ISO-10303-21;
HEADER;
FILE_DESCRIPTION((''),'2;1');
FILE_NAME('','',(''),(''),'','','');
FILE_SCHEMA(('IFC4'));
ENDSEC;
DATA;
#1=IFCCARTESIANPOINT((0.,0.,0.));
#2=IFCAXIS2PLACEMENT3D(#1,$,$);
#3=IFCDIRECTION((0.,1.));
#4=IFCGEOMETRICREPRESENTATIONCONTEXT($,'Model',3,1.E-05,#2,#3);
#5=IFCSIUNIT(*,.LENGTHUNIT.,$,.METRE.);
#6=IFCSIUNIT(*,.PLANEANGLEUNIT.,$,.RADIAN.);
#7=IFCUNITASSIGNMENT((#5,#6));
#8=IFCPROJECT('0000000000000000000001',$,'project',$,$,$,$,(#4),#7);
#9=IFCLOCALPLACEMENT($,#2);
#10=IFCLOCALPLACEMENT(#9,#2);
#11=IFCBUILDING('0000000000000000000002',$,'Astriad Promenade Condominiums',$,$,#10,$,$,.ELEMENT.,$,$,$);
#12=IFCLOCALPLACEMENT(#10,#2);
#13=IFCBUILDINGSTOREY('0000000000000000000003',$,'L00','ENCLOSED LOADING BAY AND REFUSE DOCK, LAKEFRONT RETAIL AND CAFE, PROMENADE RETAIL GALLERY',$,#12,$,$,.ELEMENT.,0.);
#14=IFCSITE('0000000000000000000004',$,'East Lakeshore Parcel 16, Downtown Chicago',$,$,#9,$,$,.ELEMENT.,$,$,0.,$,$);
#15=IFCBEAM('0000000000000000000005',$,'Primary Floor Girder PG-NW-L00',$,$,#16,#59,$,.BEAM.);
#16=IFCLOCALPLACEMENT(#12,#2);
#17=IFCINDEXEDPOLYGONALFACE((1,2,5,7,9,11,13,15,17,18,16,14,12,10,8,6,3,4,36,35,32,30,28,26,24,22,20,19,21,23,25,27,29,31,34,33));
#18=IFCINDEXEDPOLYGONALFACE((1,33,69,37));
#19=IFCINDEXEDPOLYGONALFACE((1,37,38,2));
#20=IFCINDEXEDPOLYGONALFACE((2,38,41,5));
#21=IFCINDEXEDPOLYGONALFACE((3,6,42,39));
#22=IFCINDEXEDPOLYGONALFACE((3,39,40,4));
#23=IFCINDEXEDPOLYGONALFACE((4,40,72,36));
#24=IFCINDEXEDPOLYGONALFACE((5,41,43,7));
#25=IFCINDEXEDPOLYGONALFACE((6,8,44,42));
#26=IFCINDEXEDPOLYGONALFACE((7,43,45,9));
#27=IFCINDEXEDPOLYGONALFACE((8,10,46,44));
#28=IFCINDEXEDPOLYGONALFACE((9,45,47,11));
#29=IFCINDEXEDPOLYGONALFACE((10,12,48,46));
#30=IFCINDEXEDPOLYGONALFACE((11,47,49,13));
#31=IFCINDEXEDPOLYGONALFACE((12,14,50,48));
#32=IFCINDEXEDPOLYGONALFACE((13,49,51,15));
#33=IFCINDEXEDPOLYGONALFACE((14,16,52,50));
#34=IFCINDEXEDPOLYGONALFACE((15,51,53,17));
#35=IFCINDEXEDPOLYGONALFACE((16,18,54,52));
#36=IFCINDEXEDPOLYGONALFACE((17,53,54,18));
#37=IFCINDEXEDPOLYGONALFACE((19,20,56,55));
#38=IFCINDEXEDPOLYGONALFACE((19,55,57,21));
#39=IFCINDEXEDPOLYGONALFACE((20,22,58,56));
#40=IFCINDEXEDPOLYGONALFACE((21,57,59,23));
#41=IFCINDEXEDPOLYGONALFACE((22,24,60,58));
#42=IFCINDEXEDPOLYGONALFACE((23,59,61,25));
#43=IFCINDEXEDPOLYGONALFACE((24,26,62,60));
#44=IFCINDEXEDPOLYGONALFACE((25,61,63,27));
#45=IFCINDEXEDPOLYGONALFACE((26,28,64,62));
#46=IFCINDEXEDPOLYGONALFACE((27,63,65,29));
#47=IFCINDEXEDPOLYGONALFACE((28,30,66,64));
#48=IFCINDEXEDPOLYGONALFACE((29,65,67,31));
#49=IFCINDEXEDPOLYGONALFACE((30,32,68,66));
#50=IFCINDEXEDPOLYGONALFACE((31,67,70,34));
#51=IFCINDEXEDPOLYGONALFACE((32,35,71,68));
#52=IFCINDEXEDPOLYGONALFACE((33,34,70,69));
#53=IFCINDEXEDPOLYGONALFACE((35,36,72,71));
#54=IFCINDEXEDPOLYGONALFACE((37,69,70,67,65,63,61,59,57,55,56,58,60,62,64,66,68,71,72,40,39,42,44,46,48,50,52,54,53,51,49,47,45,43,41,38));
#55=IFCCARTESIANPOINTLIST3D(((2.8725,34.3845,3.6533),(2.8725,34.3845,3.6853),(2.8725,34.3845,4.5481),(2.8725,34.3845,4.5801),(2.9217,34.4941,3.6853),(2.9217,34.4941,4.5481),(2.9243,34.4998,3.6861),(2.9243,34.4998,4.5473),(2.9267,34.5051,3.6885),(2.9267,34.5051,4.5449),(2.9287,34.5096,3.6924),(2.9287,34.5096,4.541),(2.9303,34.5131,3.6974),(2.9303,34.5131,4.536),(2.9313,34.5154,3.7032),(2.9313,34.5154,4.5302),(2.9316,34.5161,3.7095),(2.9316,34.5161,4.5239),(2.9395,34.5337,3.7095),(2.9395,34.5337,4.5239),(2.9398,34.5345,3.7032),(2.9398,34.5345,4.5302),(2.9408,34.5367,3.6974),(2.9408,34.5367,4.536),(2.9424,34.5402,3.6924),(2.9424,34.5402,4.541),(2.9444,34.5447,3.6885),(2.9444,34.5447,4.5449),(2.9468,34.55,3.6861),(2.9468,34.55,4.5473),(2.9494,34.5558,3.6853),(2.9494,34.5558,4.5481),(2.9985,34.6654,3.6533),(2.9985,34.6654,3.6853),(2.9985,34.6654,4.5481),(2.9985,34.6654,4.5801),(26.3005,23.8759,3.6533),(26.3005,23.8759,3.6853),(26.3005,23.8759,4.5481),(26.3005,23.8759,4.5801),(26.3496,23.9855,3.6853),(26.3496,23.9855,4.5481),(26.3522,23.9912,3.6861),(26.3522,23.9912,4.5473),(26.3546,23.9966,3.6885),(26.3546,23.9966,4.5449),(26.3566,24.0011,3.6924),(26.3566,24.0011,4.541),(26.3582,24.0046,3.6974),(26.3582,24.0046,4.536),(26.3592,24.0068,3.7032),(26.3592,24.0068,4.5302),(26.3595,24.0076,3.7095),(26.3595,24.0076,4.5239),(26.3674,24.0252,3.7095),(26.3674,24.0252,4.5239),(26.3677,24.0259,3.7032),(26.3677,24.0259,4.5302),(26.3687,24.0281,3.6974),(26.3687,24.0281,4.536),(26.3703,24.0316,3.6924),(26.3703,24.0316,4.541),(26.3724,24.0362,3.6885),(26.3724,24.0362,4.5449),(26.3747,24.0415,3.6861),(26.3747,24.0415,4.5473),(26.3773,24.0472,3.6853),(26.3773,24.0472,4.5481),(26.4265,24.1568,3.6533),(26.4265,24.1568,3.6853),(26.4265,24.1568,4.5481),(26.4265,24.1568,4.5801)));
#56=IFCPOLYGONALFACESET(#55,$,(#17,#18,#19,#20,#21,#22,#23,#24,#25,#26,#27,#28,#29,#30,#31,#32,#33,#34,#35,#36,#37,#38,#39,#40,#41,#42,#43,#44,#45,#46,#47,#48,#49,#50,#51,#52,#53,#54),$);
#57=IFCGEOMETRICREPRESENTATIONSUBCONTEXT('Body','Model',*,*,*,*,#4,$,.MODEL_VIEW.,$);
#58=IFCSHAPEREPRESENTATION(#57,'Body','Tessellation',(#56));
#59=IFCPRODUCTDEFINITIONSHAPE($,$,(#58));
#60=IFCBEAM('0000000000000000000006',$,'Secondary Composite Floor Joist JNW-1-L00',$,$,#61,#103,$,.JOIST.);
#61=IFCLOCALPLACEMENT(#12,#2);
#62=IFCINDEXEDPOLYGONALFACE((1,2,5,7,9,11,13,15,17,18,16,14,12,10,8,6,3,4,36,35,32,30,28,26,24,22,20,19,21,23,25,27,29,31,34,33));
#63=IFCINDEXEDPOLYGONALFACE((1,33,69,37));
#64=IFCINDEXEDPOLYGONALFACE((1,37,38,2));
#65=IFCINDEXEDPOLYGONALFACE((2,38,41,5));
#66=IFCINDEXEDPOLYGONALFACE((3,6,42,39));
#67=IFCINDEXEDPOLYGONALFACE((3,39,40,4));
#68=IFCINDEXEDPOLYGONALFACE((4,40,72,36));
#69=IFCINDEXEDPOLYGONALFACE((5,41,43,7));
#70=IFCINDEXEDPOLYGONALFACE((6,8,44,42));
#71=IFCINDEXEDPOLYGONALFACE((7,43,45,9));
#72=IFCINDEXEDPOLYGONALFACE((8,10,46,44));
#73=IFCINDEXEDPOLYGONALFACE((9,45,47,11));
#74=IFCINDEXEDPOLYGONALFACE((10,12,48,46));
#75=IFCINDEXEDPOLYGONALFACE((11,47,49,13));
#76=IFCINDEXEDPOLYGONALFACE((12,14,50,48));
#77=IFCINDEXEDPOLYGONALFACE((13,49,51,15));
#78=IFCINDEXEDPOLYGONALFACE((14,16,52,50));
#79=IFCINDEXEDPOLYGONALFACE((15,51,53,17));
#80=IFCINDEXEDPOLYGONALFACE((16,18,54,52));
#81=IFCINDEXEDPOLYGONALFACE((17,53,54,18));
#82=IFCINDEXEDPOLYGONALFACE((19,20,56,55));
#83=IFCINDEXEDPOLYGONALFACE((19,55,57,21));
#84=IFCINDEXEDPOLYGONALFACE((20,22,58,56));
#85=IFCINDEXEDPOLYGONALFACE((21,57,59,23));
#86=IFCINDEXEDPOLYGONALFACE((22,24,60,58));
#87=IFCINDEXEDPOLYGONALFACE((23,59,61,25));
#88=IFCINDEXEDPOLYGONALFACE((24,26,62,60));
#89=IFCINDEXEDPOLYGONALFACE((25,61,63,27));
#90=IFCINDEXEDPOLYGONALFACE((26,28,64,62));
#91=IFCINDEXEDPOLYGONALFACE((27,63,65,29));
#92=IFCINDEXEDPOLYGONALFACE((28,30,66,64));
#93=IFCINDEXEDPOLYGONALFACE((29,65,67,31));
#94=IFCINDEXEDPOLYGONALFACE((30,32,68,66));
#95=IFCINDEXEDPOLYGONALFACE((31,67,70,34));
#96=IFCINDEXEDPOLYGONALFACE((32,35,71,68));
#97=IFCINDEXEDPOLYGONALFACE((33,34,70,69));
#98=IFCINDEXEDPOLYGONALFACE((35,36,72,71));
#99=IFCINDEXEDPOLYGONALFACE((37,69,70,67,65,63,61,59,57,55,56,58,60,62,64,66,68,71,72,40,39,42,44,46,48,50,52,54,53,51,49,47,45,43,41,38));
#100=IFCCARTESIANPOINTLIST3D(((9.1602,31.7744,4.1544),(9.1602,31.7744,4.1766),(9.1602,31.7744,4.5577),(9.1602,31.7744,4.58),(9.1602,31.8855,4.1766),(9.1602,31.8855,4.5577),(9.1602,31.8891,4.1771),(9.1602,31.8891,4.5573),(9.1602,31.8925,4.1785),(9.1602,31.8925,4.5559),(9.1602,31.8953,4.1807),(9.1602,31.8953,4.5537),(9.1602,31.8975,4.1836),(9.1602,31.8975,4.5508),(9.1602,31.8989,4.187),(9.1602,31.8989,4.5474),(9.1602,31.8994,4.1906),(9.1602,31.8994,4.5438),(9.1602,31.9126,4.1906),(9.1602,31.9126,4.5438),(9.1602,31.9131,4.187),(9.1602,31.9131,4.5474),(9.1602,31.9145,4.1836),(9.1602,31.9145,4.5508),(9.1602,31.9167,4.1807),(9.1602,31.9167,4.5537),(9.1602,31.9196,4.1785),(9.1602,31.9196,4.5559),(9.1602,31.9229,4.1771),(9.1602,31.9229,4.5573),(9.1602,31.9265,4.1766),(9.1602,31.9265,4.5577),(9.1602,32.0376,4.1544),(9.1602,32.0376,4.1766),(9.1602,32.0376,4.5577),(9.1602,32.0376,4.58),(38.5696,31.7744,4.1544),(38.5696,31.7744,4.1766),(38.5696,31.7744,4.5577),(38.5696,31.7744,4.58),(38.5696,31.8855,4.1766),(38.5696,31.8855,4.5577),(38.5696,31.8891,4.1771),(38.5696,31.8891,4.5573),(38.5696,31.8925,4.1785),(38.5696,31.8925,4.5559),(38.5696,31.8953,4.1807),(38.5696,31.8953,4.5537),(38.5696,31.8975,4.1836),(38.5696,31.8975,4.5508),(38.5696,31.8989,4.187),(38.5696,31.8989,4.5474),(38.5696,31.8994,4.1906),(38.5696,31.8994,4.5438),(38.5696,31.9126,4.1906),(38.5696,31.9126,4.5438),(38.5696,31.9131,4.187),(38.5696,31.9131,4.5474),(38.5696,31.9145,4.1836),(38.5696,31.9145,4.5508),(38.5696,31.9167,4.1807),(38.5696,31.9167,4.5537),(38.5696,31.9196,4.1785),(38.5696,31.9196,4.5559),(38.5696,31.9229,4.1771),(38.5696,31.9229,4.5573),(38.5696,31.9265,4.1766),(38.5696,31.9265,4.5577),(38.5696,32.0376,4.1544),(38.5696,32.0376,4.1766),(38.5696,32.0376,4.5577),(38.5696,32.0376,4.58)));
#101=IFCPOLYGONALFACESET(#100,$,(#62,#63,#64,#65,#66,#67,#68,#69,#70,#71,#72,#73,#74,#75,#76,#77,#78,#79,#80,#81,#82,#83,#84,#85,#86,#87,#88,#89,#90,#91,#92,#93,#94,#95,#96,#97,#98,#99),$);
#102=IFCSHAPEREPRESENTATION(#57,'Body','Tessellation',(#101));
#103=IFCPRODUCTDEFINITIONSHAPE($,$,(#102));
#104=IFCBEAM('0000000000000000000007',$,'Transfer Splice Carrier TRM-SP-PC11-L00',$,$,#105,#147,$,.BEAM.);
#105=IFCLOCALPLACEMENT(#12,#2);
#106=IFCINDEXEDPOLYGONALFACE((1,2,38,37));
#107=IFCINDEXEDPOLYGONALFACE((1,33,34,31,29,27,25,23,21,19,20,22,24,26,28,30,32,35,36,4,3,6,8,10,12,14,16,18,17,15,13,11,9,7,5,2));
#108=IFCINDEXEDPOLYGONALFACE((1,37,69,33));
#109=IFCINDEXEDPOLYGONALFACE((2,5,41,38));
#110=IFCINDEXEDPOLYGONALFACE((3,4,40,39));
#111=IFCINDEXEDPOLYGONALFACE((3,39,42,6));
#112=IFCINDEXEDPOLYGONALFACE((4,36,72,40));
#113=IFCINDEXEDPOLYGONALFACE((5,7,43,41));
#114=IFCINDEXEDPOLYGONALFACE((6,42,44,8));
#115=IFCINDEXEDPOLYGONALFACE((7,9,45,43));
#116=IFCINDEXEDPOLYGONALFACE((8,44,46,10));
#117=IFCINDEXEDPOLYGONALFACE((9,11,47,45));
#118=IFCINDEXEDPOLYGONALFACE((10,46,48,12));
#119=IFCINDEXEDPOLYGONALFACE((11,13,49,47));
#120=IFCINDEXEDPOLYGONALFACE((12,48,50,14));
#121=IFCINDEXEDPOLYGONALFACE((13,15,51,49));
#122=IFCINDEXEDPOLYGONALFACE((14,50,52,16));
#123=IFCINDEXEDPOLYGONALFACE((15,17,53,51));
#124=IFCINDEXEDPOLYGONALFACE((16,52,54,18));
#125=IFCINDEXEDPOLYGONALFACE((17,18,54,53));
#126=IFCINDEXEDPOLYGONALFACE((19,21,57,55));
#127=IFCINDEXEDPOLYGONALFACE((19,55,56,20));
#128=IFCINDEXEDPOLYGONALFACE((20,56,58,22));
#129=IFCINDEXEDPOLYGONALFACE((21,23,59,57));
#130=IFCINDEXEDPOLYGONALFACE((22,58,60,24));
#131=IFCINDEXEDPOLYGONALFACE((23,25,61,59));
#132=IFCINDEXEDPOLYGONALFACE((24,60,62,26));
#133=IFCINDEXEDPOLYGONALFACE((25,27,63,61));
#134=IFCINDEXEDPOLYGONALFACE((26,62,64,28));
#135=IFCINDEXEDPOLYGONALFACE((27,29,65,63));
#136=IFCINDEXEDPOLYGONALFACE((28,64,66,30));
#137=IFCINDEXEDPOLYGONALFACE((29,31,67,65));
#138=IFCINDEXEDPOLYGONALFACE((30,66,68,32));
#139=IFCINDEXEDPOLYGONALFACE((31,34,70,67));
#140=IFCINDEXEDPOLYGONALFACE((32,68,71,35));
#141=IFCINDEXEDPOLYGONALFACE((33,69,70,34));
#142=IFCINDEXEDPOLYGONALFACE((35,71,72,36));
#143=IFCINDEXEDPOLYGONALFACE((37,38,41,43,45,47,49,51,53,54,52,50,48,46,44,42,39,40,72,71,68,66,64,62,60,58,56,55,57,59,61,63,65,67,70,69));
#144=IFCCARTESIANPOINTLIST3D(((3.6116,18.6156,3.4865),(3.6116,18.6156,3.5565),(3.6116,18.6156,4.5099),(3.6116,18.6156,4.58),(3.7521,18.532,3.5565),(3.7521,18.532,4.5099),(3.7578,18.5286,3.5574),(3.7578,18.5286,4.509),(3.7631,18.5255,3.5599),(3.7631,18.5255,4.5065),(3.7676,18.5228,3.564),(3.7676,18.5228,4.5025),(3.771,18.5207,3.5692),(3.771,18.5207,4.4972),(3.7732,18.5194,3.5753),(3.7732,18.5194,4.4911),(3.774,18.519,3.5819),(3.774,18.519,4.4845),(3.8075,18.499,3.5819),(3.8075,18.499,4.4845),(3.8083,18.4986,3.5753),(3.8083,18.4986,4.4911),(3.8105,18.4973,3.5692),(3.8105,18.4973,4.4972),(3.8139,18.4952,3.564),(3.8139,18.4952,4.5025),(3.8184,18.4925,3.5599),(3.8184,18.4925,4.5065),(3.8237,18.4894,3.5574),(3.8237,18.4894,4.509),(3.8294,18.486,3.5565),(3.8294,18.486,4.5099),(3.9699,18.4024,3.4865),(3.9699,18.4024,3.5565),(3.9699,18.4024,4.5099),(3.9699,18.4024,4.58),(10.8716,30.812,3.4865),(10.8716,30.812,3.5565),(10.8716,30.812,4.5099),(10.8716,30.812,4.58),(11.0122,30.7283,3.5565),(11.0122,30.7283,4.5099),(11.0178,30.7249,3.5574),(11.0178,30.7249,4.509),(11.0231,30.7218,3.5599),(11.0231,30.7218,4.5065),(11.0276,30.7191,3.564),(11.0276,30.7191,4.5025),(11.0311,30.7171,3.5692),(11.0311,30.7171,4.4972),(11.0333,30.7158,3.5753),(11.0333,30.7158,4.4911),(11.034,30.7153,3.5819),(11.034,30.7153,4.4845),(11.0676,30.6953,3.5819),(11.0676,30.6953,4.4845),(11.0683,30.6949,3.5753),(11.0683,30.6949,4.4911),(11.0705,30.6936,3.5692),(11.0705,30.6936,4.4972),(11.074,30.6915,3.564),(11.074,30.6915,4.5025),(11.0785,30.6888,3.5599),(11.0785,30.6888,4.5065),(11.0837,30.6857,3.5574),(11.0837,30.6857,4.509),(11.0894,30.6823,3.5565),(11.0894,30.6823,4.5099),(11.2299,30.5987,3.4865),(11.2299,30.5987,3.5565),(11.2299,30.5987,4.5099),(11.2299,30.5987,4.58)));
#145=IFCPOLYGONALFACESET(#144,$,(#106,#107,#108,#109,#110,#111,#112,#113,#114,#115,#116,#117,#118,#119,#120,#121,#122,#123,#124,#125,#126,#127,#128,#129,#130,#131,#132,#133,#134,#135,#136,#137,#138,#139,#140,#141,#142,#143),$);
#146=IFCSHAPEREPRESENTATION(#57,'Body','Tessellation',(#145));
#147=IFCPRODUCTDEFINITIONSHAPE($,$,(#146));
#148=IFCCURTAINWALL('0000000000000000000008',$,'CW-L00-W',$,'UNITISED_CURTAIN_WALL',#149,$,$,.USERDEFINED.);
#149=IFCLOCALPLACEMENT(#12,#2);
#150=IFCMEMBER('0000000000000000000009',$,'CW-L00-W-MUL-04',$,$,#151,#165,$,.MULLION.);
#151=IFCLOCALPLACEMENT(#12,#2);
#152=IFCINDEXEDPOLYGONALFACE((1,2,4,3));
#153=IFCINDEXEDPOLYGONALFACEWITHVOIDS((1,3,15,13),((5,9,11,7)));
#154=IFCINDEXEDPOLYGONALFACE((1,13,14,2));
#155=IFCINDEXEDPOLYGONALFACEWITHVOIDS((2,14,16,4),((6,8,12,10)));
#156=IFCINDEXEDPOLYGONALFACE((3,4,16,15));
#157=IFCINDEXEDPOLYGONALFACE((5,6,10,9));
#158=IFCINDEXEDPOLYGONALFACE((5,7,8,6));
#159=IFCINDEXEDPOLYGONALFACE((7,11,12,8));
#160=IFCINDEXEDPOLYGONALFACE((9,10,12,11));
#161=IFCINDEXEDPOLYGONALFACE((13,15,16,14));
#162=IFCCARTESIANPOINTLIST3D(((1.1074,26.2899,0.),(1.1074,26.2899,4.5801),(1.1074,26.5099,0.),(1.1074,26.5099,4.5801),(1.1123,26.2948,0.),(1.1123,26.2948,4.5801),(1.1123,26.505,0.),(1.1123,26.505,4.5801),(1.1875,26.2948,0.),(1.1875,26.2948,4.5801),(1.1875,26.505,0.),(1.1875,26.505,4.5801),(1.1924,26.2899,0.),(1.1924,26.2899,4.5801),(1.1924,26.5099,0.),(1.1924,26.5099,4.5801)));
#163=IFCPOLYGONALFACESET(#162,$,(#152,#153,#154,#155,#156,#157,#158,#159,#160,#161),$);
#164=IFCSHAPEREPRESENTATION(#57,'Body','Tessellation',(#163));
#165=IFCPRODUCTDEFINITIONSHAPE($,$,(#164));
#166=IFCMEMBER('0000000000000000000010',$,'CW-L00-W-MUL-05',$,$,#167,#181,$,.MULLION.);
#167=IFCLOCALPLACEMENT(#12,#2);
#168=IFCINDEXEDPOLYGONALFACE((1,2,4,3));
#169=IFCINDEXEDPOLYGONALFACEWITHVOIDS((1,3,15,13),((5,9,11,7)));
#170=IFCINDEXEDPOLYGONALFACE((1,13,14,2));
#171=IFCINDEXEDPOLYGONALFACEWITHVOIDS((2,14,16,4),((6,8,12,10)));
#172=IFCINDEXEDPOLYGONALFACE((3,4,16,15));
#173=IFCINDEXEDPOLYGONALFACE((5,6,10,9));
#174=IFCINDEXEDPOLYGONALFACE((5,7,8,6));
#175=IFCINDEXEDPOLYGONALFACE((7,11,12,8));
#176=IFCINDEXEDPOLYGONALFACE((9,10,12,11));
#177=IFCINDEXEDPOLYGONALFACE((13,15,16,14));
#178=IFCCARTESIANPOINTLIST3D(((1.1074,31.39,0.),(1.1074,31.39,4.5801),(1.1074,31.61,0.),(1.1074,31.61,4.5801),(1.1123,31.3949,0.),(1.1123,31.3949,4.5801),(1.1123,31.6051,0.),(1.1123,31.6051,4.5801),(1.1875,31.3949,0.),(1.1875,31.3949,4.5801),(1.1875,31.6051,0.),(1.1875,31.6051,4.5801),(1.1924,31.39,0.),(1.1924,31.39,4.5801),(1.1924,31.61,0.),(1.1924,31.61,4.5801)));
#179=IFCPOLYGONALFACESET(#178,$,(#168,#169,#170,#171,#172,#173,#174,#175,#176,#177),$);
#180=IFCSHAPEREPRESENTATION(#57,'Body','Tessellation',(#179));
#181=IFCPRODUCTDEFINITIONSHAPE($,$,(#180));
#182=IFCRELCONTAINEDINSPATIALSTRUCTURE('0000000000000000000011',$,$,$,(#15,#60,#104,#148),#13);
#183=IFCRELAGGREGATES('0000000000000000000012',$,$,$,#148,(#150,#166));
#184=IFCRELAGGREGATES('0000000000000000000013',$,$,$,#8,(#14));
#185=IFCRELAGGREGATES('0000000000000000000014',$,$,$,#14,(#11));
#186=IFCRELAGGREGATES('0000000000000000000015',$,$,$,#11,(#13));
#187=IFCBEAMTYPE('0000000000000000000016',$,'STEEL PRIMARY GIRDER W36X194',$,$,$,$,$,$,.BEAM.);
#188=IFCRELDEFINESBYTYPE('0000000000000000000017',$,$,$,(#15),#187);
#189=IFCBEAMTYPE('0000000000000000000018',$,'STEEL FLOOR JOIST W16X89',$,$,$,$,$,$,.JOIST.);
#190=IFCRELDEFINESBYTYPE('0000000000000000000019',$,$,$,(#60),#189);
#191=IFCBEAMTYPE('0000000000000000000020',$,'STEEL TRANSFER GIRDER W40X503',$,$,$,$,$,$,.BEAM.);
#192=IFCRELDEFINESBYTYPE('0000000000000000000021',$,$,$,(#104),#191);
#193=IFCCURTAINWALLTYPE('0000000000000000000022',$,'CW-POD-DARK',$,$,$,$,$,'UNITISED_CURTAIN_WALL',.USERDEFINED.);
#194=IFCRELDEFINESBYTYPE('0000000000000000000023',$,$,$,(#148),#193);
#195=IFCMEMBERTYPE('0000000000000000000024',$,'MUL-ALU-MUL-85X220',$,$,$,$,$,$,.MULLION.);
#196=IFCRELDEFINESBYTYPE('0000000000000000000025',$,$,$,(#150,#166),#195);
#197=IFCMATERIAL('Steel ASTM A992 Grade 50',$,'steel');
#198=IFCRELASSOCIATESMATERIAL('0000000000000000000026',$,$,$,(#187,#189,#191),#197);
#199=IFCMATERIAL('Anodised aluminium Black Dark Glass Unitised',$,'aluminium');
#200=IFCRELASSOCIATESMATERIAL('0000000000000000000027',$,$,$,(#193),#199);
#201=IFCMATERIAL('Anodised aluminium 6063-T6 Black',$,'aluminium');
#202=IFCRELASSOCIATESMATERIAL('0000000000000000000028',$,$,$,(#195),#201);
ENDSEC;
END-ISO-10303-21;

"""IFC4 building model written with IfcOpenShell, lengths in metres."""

from ifc_helpers import new_model, si_unit, direction, frame, origin, origin_2d, place, context, subcontext, project, spatial, hollow_rectangle, i_section, extrude, source, transform, mapped, material, material_profile, profile_set, type_object, type_shapes, element, aggregate, save


model = new_model("IFC4")

# Units and contexts
model_context = context("Model", 3, precision=1e-05, world=origin(), true_north=direction((0.0, 1.0)))
body_context = subcontext(model_context, "Body", "Model", "MODEL_VIEW")
ifc_project = project(units=[si_unit("LENGTHUNIT", "METRE"), si_unit("PLANEANGLEUNIT", "RADIAN")], contexts=[model_context])

# Site, building, storey
site_placement = place(None, origin())
site = spatial("IfcSite", under=ifc_project, at=site_placement, Name="East Lakeshore Parcel 16, Downtown Chicago", CompositionType="ELEMENT", RefElevation=0.0)
building_placement = place(site_placement, origin())
building = spatial("IfcBuilding", under=site, at=building_placement, Name="Astriad Promenade Condominiums", CompositionType="ELEMENT")
storey_placement = place(building_placement, origin())
storey = spatial("IfcBuildingStorey", under=building, at=storey_placement, Name="L00", Description="ENCLOSED LOADING BAY AND REFUSE DOCK, LAKEFRONT RETAIL AND CAFE, PROMENADE RETAIL GALLERY", CompositionType="ELEMENT", Elevation=0.0)

# Shared definitions
ifc_material_1 = material(Name="Steel ASTM A992 Grade 50", Category="steel")

# Beams
ifc_material_profile_1 = material_profile(ifc_material_1, i_section(OverallWidth=0.3079, OverallDepth=0.9268, WebThickness=0.0193, FlangeThickness=0.032, FilletRadius=0.0242, at=origin_2d()), Name="W36X194")
ifc_profile_set_1 = profile_set([ifc_material_profile_1], Name="Steel ASTM A992 Grade 50")
beam_type_1 = type_object("IfcBeamType", Name="STEEL PRIMARY GIRDER W36X194", PredefinedType="BEAM", material=ifc_profile_set_1)
shared_shape_1 = source(origin(), body_context, "Body", "SweptSolid", [
    extrude(i_section(OverallWidth=0.3079, OverallDepth=0.9268, WebThickness=0.0193, FlangeThickness=0.032, FilletRadius=0.0242, at=origin_2d()), origin(), (0.0, 0.0, 1.0), 25.6768),
])
type_shapes(beam_type_1, [shared_shape_1])
beam_1_placement = place(storey_placement, frame((2.9355, 34.5249, 4.1167), z_axis=(0.912417, -0.409262, 0.0), x_axis=(0.409262, 0.912417, 0.0)))
element("IfcBeam", 1, at=beam_1_placement, inside=storey, type_object=beam_type_1, Name="Primary Floor Girder PG-NW-L00", PredefinedType="BEAM", context=body_context, shape_type="MappedRepresentation", body=[
    mapped(shared_shape_1, transform((0.0, 0.0, 0.0), scale=1.0)),
])
ifc_material_profile_2 = material_profile(ifc_material_1, i_section(OverallWidth=0.2632, OverallDepth=0.4255, WebThickness=0.0132, FlangeThickness=0.0222, FilletRadius=0.0139, at=origin_2d()), Name="W16X89")
ifc_profile_set_2 = profile_set([ifc_material_profile_2], Name="Steel ASTM A992 Grade 50")
beam_type_2 = type_object("IfcBeamType", Name="STEEL FLOOR JOIST W16X89", PredefinedType="JOIST", material=ifc_profile_set_2)
shared_shape_2 = source(origin(), body_context, "Body", "SweptSolid", [
    extrude(i_section(OverallWidth=0.2632, OverallDepth=0.4255, WebThickness=0.0132, FlangeThickness=0.0222, FilletRadius=0.0139, at=origin_2d()), origin(), (0.0, 0.0, 1.0), 29.4094),
])
type_shapes(beam_type_2, [shared_shape_2])
beam_2_placement = place(storey_placement, frame((9.1602, 31.906, 4.3672), z_axis=(1.0, 0.0, 0.0), x_axis=(0.0, 1.0, 0.0)))
element("IfcBeam", 2, at=beam_2_placement, inside=storey, type_object=beam_type_2, Name="Secondary Composite Floor Joist JNW-1-L00", PredefinedType="JOIST", context=body_context, shape_type="MappedRepresentation", body=[
    mapped(shared_shape_2, transform((0.0, 0.0, 0.0), scale=1.0)),
])
ifc_material_profile_3 = material_profile(ifc_material_1, i_section(OverallWidth=0.417, OverallDepth=1.0935, WebThickness=0.0391, FlangeThickness=0.0701, FilletRadius=0.0254, at=origin_2d()), Name="W40X503")
ifc_profile_set_3 = profile_set([ifc_material_profile_3], Name="Steel ASTM A992 Grade 50")
beam_type_3 = type_object("IfcBeamType", Name="STEEL TRANSFER GIRDER W40X503", PredefinedType="BEAM", material=ifc_profile_set_3)
shared_shape_3 = source(origin(), body_context, "Body", "SweptSolid", [
    extrude(i_section(OverallWidth=0.417, OverallDepth=1.0935, WebThickness=0.0391, FlangeThickness=0.0701, FilletRadius=0.0254, at=origin_2d()), origin(), (0.0, 0.0, 1.0), 14.1936),
])
type_shapes(beam_type_3, [shared_shape_3])
beam_3_placement = place(storey_placement, frame((11.0508, 30.7053, 4.0332), z_axis=(-0.5115, -0.859283, 0.0), x_axis=(0.859283, -0.5115, 0.0)))
element("IfcBeam", 3, at=beam_3_placement, inside=storey, type_object=beam_type_3, Name="Transfer Splice Carrier TRM-SP-PC11-L00", PredefinedType="BEAM", context=body_context, shape_type="MappedRepresentation", body=[
    mapped(shared_shape_3, transform((0.0, 0.0, 0.0), scale=1.0)),
])

# Curtain wall, members
ifc_material_2 = material(Name="Anodised aluminium Black Dark Glass Unitised", Category="aluminium")
curtain_wall_type = type_object("IfcCurtainWallType", Name="CW-POD-DARK", ElementType="UNITISED_CURTAIN_WALL", PredefinedType="USERDEFINED", material=ifc_material_2)
curtain_wall_placement = place(storey_placement, origin())
curtain_wall = element("IfcCurtainWall", 4, at=curtain_wall_placement, inside=storey, type_object=curtain_wall_type, Name="CW-L00-W", ObjectType="UNITISED_CURTAIN_WALL", PredefinedType="USERDEFINED")
ifc_material_3 = material(Name="Anodised aluminium 6063-T6 Black", Category="aluminium")
ifc_material_profile_4 = material_profile(ifc_material_3, hollow_rectangle(XDim=0.085, YDim=0.22, WallThickness=0.0049, at=origin_2d()), Name="ALU-MUL-85X220")
ifc_profile_set_4 = profile_set([ifc_material_profile_4], Name="Anodised aluminium 6063-T6 Black")
member_type_1 = type_object("IfcMemberType", Name="MUL-ALU-MUL-85X220", PredefinedType="MULLION", material=ifc_profile_set_4)
shared_shape_4 = source(origin(), body_context, "Body", "SweptSolid", [
    extrude(hollow_rectangle(XDim=0.085, YDim=0.22, WallThickness=0.0049, at=origin_2d()), origin(), (0.0, 0.0, 1.0), 4.5801),
])
type_shapes(member_type_1, [shared_shape_4])
member_1_placement = place(storey_placement, frame((1.1499, 26.3999, 0.0), z_axis=(0.0, 0.0, 1.0), x_axis=(1.0, 0.0, 0.0)))
member_1 = element("IfcMember", 5, at=member_1_placement, type_object=member_type_1, Name="CW-L00-W-MUL-04", PredefinedType="MULLION", context=body_context, shape_type="MappedRepresentation", body=[
    mapped(shared_shape_4, transform((0.0, 0.0, 0.0), scale=1.0)),
])
member_2_placement = place(storey_placement, frame((1.1499, 31.5, 0.0), z_axis=(0.0, 0.0, 1.0), x_axis=(1.0, 0.0, 0.0)))
member_2 = element("IfcMember", 6, at=member_2_placement, type_object=member_type_1, Name="CW-L00-W-MUL-05", PredefinedType="MULLION", context=body_context, shape_type="MappedRepresentation", body=[
    mapped(shared_shape_4, transform((0.0, 0.0, 0.0), scale=1.0)),
])

aggregate(curtain_wall, [member_1, member_2])

save(model, "model.ifc")
